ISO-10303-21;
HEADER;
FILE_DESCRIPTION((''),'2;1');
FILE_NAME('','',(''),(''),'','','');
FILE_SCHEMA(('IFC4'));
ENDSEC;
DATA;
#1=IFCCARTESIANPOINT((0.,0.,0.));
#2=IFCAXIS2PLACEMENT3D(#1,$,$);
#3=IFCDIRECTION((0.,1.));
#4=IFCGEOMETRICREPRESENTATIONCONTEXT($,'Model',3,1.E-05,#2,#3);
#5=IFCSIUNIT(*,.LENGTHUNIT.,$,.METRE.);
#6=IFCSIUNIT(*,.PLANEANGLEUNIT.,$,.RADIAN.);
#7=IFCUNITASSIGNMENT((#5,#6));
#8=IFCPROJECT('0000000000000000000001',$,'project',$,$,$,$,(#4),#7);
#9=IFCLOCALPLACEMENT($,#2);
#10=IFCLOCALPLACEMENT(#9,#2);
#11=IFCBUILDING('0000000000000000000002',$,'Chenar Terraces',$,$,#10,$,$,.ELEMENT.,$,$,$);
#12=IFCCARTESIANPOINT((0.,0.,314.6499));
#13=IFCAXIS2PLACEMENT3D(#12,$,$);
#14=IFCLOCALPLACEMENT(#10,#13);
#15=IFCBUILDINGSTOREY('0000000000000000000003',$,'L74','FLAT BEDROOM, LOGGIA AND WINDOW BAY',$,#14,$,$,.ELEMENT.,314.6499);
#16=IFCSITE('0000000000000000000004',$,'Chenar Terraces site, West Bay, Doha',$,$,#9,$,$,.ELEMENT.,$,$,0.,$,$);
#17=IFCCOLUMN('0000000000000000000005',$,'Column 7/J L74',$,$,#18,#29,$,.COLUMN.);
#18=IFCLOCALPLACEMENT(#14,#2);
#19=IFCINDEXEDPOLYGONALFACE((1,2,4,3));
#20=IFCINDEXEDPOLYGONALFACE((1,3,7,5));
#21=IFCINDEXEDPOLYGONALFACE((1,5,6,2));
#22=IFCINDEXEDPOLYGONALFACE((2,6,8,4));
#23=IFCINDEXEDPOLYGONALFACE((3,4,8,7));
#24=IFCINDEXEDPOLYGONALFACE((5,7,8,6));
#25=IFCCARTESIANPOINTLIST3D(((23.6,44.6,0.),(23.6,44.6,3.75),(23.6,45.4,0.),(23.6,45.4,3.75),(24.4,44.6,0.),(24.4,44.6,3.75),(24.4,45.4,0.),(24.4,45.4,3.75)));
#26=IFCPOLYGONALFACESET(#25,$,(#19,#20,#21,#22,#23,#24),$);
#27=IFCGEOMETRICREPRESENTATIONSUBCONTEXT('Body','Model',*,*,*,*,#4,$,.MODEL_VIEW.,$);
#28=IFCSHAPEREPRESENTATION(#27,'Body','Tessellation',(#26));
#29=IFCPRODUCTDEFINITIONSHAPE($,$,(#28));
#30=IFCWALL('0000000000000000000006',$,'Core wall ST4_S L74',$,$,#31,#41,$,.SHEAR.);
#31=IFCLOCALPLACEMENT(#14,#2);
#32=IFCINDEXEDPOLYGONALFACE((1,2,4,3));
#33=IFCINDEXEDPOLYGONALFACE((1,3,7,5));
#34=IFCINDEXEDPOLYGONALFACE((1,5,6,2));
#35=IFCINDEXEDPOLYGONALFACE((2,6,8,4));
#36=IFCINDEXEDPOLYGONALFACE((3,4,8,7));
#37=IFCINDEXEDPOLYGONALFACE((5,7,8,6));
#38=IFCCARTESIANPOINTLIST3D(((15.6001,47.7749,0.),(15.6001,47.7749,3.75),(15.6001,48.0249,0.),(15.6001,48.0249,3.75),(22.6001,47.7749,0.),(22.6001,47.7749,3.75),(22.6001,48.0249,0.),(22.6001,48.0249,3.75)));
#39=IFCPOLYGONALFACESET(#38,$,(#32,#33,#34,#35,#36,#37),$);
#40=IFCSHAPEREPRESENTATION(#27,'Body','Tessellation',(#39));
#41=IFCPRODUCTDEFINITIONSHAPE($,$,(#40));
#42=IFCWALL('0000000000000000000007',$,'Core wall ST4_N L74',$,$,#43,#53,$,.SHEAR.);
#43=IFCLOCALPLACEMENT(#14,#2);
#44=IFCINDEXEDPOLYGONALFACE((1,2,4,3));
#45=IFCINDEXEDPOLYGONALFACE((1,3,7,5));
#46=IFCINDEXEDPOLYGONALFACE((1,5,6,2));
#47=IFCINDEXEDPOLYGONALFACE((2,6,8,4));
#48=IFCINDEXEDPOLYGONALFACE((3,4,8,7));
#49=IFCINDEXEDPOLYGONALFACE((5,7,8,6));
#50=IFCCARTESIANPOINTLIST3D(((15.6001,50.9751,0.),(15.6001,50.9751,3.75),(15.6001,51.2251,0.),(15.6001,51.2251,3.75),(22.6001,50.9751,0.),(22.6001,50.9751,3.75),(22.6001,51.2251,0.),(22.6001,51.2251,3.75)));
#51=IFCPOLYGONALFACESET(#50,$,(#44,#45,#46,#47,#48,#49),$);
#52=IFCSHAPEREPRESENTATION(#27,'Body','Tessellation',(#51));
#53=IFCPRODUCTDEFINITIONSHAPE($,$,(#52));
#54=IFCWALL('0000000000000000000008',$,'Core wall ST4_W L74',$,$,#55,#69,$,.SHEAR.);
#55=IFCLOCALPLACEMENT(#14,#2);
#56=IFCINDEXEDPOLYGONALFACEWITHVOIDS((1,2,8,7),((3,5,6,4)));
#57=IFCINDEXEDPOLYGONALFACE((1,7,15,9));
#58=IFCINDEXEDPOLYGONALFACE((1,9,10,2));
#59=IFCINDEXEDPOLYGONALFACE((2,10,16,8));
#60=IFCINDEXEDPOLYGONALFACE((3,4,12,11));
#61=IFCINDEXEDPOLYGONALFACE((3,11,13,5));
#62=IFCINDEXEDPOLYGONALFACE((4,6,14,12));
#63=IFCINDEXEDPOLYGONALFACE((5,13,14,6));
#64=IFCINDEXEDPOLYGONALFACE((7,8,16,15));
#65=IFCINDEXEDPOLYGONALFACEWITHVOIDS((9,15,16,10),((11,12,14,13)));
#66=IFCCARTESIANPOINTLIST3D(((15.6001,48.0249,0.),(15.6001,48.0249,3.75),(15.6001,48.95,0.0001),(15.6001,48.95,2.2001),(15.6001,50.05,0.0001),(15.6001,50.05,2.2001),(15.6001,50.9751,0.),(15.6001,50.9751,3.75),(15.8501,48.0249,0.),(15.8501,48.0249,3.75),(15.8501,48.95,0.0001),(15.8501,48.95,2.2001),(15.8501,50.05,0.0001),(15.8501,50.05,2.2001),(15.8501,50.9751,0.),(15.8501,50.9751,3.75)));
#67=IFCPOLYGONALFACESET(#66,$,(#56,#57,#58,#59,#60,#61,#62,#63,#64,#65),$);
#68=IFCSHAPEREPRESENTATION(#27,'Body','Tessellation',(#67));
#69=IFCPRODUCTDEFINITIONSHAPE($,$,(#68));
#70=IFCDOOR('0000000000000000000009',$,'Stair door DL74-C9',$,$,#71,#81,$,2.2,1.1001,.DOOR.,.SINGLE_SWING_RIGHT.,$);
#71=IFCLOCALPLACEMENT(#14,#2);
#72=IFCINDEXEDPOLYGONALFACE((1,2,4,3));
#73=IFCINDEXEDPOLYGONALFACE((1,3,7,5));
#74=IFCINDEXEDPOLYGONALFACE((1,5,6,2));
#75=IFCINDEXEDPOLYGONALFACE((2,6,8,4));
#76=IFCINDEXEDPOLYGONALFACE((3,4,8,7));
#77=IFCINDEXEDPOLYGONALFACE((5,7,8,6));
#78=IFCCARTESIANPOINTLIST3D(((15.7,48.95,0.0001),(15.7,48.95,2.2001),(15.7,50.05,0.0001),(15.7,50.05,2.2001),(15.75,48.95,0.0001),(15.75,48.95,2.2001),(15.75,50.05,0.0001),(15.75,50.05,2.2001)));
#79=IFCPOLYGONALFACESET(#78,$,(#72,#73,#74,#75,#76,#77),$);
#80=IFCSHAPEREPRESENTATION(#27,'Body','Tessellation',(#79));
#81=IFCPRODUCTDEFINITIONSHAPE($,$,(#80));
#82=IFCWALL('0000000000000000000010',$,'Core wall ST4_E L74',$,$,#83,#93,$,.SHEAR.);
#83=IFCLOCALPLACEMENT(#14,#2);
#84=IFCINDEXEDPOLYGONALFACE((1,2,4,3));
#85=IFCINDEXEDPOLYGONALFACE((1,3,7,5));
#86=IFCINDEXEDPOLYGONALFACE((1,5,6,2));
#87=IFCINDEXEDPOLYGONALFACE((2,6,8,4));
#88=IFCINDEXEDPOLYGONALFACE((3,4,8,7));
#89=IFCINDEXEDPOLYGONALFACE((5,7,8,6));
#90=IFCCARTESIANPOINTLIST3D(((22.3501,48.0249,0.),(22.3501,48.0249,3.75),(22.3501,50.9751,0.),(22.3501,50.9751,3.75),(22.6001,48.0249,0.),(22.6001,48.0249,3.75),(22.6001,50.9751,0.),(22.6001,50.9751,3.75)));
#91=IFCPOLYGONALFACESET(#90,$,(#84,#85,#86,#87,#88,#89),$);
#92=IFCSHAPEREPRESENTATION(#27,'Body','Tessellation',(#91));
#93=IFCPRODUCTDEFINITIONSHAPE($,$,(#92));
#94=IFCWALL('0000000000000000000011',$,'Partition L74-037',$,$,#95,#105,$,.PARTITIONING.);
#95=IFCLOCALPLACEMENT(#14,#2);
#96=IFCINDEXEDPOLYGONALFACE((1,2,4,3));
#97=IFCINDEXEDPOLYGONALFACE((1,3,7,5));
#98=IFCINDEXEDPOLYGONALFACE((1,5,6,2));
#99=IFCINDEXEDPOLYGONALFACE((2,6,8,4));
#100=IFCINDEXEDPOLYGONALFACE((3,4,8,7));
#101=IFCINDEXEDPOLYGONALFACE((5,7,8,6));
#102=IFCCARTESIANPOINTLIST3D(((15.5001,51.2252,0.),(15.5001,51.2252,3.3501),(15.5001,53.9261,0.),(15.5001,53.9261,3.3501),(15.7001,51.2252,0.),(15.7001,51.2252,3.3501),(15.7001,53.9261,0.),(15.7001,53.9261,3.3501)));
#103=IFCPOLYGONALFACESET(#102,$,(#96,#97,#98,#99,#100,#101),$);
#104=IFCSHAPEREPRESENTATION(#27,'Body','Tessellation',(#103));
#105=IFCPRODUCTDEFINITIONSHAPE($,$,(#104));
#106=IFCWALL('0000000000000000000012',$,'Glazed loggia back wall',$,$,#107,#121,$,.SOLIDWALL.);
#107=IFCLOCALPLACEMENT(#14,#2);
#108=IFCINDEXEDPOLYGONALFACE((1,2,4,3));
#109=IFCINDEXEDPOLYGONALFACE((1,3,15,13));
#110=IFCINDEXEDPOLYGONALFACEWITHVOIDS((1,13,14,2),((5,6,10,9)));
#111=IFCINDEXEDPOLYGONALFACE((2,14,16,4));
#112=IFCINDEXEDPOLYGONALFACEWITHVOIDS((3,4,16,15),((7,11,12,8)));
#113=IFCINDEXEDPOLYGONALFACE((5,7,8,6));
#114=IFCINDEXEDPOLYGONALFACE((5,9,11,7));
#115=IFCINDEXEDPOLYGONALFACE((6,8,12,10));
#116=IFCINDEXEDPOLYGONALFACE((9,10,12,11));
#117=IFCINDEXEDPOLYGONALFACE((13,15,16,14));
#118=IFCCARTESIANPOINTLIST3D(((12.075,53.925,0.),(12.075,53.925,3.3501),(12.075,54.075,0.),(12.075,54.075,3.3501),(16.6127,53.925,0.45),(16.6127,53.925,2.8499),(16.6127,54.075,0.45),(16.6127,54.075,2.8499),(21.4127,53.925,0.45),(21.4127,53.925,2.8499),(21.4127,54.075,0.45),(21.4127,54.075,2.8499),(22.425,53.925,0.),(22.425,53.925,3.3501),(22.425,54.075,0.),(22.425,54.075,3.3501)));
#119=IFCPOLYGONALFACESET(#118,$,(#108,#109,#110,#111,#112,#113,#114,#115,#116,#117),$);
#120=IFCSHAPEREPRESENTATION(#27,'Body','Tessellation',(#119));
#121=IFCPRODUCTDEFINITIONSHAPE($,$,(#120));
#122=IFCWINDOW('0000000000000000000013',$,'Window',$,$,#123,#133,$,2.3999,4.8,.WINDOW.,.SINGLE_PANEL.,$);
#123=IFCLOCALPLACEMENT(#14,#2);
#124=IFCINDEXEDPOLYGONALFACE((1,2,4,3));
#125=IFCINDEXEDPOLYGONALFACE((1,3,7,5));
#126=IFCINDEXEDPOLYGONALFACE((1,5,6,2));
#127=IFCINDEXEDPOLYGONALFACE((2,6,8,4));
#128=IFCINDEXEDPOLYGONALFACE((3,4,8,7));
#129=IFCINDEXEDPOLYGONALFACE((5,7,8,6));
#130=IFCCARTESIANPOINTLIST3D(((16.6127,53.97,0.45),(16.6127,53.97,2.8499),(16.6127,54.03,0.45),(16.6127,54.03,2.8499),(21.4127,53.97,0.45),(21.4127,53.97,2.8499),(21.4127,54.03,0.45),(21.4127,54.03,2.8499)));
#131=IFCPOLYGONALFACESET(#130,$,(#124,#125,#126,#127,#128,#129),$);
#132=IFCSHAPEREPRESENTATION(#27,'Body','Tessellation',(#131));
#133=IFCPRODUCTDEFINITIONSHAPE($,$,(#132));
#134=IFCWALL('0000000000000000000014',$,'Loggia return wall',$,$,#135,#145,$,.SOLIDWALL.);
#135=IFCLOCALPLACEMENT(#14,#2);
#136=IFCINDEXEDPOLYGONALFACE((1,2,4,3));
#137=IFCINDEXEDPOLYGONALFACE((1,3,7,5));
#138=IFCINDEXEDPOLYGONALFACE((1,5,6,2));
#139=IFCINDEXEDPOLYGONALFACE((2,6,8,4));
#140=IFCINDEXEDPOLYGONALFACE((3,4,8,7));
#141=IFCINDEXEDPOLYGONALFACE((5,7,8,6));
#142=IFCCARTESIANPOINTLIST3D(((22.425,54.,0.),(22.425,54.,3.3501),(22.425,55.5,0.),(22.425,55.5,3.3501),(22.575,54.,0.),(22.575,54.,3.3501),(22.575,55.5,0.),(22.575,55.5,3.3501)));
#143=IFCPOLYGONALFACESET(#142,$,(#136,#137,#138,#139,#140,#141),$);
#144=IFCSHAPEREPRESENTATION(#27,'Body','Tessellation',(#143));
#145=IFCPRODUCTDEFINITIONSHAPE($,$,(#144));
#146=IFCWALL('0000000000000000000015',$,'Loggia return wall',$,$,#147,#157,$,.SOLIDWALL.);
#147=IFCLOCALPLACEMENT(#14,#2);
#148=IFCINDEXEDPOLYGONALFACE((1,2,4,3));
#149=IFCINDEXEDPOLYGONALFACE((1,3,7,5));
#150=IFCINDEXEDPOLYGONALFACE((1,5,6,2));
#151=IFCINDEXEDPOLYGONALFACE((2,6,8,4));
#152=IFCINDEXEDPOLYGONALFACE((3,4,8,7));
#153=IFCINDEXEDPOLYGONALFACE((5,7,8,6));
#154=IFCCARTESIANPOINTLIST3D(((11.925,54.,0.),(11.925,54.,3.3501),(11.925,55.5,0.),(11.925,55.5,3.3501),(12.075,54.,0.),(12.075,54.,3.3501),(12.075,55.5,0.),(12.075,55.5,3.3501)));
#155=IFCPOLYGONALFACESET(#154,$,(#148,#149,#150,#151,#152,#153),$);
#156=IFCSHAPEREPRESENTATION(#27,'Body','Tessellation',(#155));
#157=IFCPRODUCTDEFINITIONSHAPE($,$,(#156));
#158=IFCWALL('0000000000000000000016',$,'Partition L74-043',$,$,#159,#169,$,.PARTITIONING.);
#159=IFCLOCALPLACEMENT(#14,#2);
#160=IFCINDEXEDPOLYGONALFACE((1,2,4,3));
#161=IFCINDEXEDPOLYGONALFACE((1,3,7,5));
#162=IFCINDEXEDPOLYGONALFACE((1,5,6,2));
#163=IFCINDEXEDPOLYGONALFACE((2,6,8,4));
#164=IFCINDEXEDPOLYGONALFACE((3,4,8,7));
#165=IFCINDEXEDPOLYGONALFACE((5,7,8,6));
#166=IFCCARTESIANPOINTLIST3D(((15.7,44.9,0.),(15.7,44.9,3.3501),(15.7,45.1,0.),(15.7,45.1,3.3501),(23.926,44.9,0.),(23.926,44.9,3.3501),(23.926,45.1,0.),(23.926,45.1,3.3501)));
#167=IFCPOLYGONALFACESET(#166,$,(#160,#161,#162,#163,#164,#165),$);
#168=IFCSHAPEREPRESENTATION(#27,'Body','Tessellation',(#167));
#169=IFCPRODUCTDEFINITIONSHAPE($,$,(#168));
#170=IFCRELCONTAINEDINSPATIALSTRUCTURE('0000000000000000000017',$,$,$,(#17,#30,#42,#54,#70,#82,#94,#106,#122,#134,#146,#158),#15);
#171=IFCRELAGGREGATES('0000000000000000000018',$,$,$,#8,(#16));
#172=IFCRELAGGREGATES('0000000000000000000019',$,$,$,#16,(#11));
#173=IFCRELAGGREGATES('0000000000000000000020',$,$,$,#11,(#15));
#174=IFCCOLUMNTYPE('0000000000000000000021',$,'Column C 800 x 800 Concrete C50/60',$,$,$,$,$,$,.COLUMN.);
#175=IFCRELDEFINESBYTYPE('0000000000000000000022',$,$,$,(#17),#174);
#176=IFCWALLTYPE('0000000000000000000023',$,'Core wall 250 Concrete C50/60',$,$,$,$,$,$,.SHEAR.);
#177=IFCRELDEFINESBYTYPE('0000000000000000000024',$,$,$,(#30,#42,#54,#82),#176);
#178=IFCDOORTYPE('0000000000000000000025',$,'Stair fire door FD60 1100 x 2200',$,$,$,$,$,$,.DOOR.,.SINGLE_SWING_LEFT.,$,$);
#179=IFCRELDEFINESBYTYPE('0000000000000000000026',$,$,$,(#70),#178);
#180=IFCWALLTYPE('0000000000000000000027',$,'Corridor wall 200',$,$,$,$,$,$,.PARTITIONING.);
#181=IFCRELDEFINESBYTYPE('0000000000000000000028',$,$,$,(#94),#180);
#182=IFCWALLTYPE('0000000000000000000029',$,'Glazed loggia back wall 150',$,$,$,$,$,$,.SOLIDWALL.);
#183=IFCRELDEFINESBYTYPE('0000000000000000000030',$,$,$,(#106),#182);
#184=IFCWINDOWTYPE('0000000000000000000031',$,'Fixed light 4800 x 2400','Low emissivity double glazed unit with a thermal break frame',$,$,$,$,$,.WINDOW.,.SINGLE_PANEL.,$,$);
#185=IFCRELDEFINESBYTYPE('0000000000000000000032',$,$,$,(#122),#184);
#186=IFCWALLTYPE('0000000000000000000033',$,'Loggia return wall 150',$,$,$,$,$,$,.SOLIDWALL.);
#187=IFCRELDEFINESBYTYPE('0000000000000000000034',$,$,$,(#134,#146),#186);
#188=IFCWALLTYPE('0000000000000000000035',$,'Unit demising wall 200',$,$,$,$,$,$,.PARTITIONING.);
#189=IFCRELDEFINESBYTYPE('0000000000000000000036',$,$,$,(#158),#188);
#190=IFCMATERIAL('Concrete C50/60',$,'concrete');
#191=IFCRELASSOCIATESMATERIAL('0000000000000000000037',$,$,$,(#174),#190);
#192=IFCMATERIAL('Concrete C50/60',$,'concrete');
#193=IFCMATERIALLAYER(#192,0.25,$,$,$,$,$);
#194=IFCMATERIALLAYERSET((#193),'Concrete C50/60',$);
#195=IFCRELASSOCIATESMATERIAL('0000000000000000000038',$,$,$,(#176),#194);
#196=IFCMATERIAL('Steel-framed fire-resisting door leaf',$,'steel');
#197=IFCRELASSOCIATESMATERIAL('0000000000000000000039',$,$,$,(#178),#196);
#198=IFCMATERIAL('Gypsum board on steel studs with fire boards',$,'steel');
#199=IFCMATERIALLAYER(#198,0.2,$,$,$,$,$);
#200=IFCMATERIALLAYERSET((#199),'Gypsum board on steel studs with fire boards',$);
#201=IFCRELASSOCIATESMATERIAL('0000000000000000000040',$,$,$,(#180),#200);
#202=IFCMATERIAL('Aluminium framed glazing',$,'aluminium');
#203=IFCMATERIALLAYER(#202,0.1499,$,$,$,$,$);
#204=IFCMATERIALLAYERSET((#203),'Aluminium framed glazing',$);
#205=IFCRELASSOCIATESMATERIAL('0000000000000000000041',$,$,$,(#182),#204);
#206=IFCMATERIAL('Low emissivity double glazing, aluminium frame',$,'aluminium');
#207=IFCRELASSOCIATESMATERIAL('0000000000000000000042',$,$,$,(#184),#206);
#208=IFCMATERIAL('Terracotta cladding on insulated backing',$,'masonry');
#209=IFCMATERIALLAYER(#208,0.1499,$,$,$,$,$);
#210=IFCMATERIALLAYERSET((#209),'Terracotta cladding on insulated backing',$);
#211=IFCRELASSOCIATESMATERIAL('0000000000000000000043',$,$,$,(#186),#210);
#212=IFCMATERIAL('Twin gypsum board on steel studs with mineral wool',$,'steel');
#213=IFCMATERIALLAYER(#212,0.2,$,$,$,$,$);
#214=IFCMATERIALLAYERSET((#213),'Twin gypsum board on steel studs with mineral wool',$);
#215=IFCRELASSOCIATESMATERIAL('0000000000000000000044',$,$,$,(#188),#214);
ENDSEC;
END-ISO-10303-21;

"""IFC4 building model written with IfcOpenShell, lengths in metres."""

from ifc_helpers import new_model, si_unit, direction, frame, frame_2d, origin, origin_2d, place, context, subcontext, project, spatial, rectangle, extrude, material, layer, layer_set, material_profile, profile_set, type_object, element, fill, save


model = new_model("IFC4")

# Units and contexts
model_context = context("Model", 3, precision=1e-05, world=origin(), true_north=direction((0.0, 1.0)))
body_context = subcontext(model_context, "Body", "Model", "MODEL_VIEW")
ifc_project = project(units=[si_unit("LENGTHUNIT", "METRE"), si_unit("PLANEANGLEUNIT", "RADIAN")], contexts=[model_context])

# Site, building, storey
site_placement = place(None, origin())
site = spatial("IfcSite", under=ifc_project, at=site_placement, Name="Chenar Terraces site, West Bay, Doha", CompositionType="ELEMENT", RefElevation=0.0)
building_placement = place(site_placement, origin())
building = spatial("IfcBuilding", under=site, at=building_placement, Name="Chenar Terraces", CompositionType="ELEMENT")
storey_placement = place(building_placement, frame((0.0, 0.0, 314.6499)))
storey = spatial("IfcBuildingStorey", under=building, at=storey_placement, Name="L74", Description="FLAT BEDROOM, LOGGIA AND WINDOW BAY", CompositionType="ELEMENT", Elevation=314.6499)

# Column
ifc_material_1 = material(Name="Concrete C50/60", Category="concrete")
ifc_material_profile = material_profile(ifc_material_1, rectangle(XDim=0.8, YDim=0.8, at=origin_2d()), Name="C 800 x 800")
ifc_profile_set = profile_set([ifc_material_profile], Name="Concrete C50/60")
column_type = type_object("IfcColumnType", Name="Column C 800 x 800 Concrete C50/60", PredefinedType="COLUMN", material=ifc_profile_set)
column_placement = place(storey_placement, frame((24.0, 45.0, 0.0), z_axis=(0.0, 0.0, 1.0), x_axis=(1.0, 0.0, 0.0)))
element("IfcColumn", 1, at=column_placement, inside=storey, type_object=column_type, Name="Column 7/J L74", PredefinedType="COLUMN", context=body_context, shape_type="SweptSolid", body=[
    extrude(rectangle(XDim=0.8, YDim=0.8, at=origin_2d()), origin(), (0.0, 0.0, 1.0), 3.75),
])

# Walls
ifc_material_2 = material(Name="Concrete C50/60", Category="concrete")
ifc_layer_1 = layer(ifc_material_2, 0.25)
ifc_layer_set_1 = layer_set([ifc_layer_1], Name="Concrete C50/60")
wall_type_1 = type_object("IfcWallType", Name="Core wall 250 Concrete C50/60", PredefinedType="SHEAR", material=ifc_layer_set_1)
for number, where, z_axis, x_axis, name in (
    (2, (15.6001, 47.8999, 0.0), (0.0, 0.0, 1.0), (1.0, 0.0, 0.0), "Core wall ST4_S L74"),
    (3, (15.6001, 51.1001, 0.0), (0.0, 0.0, 1.0), (1.0, 0.0, 0.0), "Core wall ST4_N L74"),
):
    element("IfcWall", number, at=place(storey_placement, frame(where, z_axis=z_axis, x_axis=x_axis)), inside=storey, type_object=wall_type_1, Name=name, PredefinedType="SHEAR", context=body_context, shape_type="SweptSolid", body=[
        extrude(rectangle(XDim=7.0, YDim=0.25, at=frame_2d((3.5, 0.0))), origin(), (0.0, 0.0, 1.0), 3.75),
    ])

# Wall, opening, door
wall_1_placement = place(storey_placement, frame((15.7251, 48.0249, 0.0), z_axis=(0.0, 0.0, 1.0), x_axis=(0.0, 1.0, 0.0)))
wall_1 = element("IfcWall", 4, at=wall_1_placement, inside=storey, type_object=wall_type_1, Name="Core wall ST4_W L74", PredefinedType="SHEAR", context=body_context, shape_type="SweptSolid", body=[
    extrude(rectangle(XDim=2.9502, YDim=0.25, at=frame_2d((1.4751, 0.0))), origin(), (0.0, 0.0, 1.0), 3.75),
])
opening_1_placement = place(wall_1_placement, frame((0.925, 0.0, 0.0)))
opening_1 = element("IfcOpeningElement", 5, at=opening_1_placement, cuts=wall_1, PredefinedType="OPENING", context=body_context, shape_type="SweptSolid", body=[
    extrude(rectangle(XDim=1.1001, YDim=2.2, at=frame_2d((0.55, 1.1001))), frame((0.0, 0.135, 0.0), z_axis=(0.0, -1.0, 0.0), x_axis=(1.0, 0.0, 0.0)), (0.0, 0.0, 1.0), 0.27),
])
ifc_material_3 = material(Name="Steel-framed fire-resisting door leaf", Category="steel")
door_type = type_object("IfcDoorType", Name="Stair fire door FD60 1100 x 2200", OperationType="SINGLE_SWING_LEFT", PredefinedType="DOOR", material=ifc_material_3)
door_placement = place(opening_1_placement, frame((1.1001, 0.0, 0.0), z_axis=(0.0, 0.0, 1.0), x_axis=(-1.0, 0.0, 0.0)))
door = element("IfcDoor", 6, at=door_placement, inside=storey, type_object=door_type, Name="Stair door DL74-C9", OperationType="SINGLE_SWING_RIGHT", OverallHeight=2.2, OverallWidth=1.1001, PredefinedType="DOOR", context=body_context, shape_type="SweptSolid", body=[
    extrude(rectangle(XDim=1.1001, YDim=2.2, at=frame_2d((0.55, 1.1001))), frame((0.0, 0.0249, 0.0), z_axis=(0.0, -1.0, 0.0), x_axis=(1.0, 0.0, 0.0)), (0.0, 0.0, 1.0), 0.05),
])
fill(opening_1, door)

# Walls
wall_2_placement = place(storey_placement, frame((22.4751, 48.0249, 0.0), z_axis=(0.0, 0.0, 1.0), x_axis=(0.0, 1.0, 0.0)))
element("IfcWall", 7, at=wall_2_placement, inside=storey, type_object=wall_type_1, Name="Core wall ST4_E L74", PredefinedType="SHEAR", context=body_context, shape_type="SweptSolid", body=[
    extrude(rectangle(XDim=2.9502, YDim=0.25, at=frame_2d((1.4751, 0.0))), origin(), (0.0, 0.0, 1.0), 3.75),
])
ifc_material_4 = material(Name="Gypsum board on steel studs with fire boards", Category="steel")
ifc_layer_2 = layer(ifc_material_4, 0.2)
ifc_layer_set_2 = layer_set([ifc_layer_2], Name="Gypsum board on steel studs with fire boards")
wall_type_2 = type_object("IfcWallType", Name="Corridor wall 200", PredefinedType="PARTITIONING", material=ifc_layer_set_2)
wall_3_placement = place(storey_placement, frame((15.6001, 51.2251, 0.0), z_axis=(0.0, 0.0, 1.0), x_axis=(0.0, 1.0, 0.0)))
element("IfcWall", 8, at=wall_3_placement, inside=storey, type_object=wall_type_2, Name="Partition L74-037", PredefinedType="PARTITIONING", context=body_context, shape_type="SweptSolid", body=[
    extrude(rectangle(XDim=2.7009, YDim=0.2, at=frame_2d((1.3506, 0.0))), origin(), (0.0, 0.0, 1.0), 3.3501),
])

# Wall, opening, window
ifc_material_5 = material(Name="Aluminium framed glazing", Category="aluminium")
ifc_layer_3 = layer(ifc_material_5, 0.1499)
ifc_layer_set_3 = layer_set([ifc_layer_3], Name="Aluminium framed glazing")
wall_type_3 = type_object("IfcWallType", Name="Glazed loggia back wall 150", PredefinedType="SOLIDWALL", material=ifc_layer_set_3)
wall_4_placement = place(storey_placement, frame((22.425, 54.0, 0.0), z_axis=(0.0, 0.0, 1.0), x_axis=(-1.0, 0.0, 0.0)))
wall_4 = element("IfcWall", 9, at=wall_4_placement, inside=storey, type_object=wall_type_3, Name="Glazed loggia back wall", PredefinedType="SOLIDWALL", context=body_context, shape_type="SweptSolid", body=[
    extrude(rectangle(XDim=10.3501, YDim=0.1499, at=frame_2d((5.175, 0.0))), origin(), (0.0, 0.0, 1.0), 3.3501),
])
opening_2_placement = place(wall_4_placement, frame((1.0125, 0.0, 0.45)))
opening_2 = element("IfcOpeningElement", 10, at=opening_2_placement, cuts=wall_4, PredefinedType="OPENING", context=body_context, shape_type="SweptSolid", body=[
    extrude(rectangle(XDim=4.8, YDim=2.3999, at=frame_2d((2.3999, 1.2))), frame((0.0, 0.085, 0.0), z_axis=(0.0, -1.0, 0.0), x_axis=(1.0, 0.0, 0.0)), (0.0, 0.0, 1.0), 0.1699),
])
ifc_material_6 = material(Name="Low emissivity double glazing, aluminium frame", Category="aluminium")
window_type = type_object("IfcWindowType", Name="Fixed light 4800 x 2400", Description="Low emissivity double glazed unit with a thermal break frame", PartitioningType="SINGLE_PANEL", PredefinedType="WINDOW", material=ifc_material_6)
window_placement = place(opening_2_placement, origin())
window = element("IfcWindow", 11, at=window_placement, inside=storey, type_object=window_type, Name="Window", OverallHeight=2.3999, OverallWidth=4.8, PartitioningType="SINGLE_PANEL", PredefinedType="WINDOW", context=body_context, shape_type="SweptSolid", body=[
    extrude(rectangle(XDim=4.8, YDim=2.3999, at=frame_2d((2.3999, 1.2))), frame((0.0, 0.03, 0.0), z_axis=(0.0, -1.0, 0.0), x_axis=(1.0, 0.0, 0.0)), (0.0, 0.0, 1.0), 0.0601),
])
fill(opening_2, window)

# Walls
ifc_material_7 = material(Name="Terracotta cladding on insulated backing", Category="masonry")
ifc_layer_4 = layer(ifc_material_7, 0.1499)
ifc_layer_set_4 = layer_set([ifc_layer_4], Name="Terracotta cladding on insulated backing")
wall_type_4 = type_object("IfcWallType", Name="Loggia return wall 150", PredefinedType="SOLIDWALL", material=ifc_layer_set_4)
for number, where, z_axis, x_axis, name in (
    (12, (22.5, 55.5, 0.0), (0.0, 0.0, 1.0), (0.0, -1.0, 0.0), "Loggia return wall"),
    (13, (12.0, 55.5, 0.0), (0.0, 0.0, 1.0), (0.0, -1.0, 0.0), "Loggia return wall"),
):
    element("IfcWall", number, at=place(storey_placement, frame(where, z_axis=z_axis, x_axis=x_axis)), inside=storey, type_object=wall_type_4, Name=name, PredefinedType="SOLIDWALL", context=body_context, shape_type="SweptSolid", body=[
        extrude(rectangle(XDim=1.5, YDim=0.1499, at=frame_2d((0.75, 0.0))), origin(), (0.0, 0.0, 1.0), 3.3501),
    ])
ifc_material_8 = material(Name="Twin gypsum board on steel studs with mineral wool", Category="steel")
ifc_layer_5 = layer(ifc_material_8, 0.2)
ifc_layer_set_5 = layer_set([ifc_layer_5], Name="Twin gypsum board on steel studs with mineral wool")
wall_type_5 = type_object("IfcWallType", Name="Unit demising wall 200", PredefinedType="PARTITIONING", material=ifc_layer_set_5)
wall_5_placement = place(storey_placement, frame((15.7, 45.0, 0.0), z_axis=(0.0, 0.0, 1.0), x_axis=(1.0, 0.0, 0.0)))
element("IfcWall", 14, at=wall_5_placement, inside=storey, type_object=wall_type_5, Name="Partition L74-043", PredefinedType="PARTITIONING", context=body_context, shape_type="SweptSolid", body=[
    extrude(rectangle(XDim=8.2261, YDim=0.2, at=frame_2d((4.113, 0.0))), origin(), (0.0, 0.0, 1.0), 3.3501),
])

save(model, "model.ifc")
